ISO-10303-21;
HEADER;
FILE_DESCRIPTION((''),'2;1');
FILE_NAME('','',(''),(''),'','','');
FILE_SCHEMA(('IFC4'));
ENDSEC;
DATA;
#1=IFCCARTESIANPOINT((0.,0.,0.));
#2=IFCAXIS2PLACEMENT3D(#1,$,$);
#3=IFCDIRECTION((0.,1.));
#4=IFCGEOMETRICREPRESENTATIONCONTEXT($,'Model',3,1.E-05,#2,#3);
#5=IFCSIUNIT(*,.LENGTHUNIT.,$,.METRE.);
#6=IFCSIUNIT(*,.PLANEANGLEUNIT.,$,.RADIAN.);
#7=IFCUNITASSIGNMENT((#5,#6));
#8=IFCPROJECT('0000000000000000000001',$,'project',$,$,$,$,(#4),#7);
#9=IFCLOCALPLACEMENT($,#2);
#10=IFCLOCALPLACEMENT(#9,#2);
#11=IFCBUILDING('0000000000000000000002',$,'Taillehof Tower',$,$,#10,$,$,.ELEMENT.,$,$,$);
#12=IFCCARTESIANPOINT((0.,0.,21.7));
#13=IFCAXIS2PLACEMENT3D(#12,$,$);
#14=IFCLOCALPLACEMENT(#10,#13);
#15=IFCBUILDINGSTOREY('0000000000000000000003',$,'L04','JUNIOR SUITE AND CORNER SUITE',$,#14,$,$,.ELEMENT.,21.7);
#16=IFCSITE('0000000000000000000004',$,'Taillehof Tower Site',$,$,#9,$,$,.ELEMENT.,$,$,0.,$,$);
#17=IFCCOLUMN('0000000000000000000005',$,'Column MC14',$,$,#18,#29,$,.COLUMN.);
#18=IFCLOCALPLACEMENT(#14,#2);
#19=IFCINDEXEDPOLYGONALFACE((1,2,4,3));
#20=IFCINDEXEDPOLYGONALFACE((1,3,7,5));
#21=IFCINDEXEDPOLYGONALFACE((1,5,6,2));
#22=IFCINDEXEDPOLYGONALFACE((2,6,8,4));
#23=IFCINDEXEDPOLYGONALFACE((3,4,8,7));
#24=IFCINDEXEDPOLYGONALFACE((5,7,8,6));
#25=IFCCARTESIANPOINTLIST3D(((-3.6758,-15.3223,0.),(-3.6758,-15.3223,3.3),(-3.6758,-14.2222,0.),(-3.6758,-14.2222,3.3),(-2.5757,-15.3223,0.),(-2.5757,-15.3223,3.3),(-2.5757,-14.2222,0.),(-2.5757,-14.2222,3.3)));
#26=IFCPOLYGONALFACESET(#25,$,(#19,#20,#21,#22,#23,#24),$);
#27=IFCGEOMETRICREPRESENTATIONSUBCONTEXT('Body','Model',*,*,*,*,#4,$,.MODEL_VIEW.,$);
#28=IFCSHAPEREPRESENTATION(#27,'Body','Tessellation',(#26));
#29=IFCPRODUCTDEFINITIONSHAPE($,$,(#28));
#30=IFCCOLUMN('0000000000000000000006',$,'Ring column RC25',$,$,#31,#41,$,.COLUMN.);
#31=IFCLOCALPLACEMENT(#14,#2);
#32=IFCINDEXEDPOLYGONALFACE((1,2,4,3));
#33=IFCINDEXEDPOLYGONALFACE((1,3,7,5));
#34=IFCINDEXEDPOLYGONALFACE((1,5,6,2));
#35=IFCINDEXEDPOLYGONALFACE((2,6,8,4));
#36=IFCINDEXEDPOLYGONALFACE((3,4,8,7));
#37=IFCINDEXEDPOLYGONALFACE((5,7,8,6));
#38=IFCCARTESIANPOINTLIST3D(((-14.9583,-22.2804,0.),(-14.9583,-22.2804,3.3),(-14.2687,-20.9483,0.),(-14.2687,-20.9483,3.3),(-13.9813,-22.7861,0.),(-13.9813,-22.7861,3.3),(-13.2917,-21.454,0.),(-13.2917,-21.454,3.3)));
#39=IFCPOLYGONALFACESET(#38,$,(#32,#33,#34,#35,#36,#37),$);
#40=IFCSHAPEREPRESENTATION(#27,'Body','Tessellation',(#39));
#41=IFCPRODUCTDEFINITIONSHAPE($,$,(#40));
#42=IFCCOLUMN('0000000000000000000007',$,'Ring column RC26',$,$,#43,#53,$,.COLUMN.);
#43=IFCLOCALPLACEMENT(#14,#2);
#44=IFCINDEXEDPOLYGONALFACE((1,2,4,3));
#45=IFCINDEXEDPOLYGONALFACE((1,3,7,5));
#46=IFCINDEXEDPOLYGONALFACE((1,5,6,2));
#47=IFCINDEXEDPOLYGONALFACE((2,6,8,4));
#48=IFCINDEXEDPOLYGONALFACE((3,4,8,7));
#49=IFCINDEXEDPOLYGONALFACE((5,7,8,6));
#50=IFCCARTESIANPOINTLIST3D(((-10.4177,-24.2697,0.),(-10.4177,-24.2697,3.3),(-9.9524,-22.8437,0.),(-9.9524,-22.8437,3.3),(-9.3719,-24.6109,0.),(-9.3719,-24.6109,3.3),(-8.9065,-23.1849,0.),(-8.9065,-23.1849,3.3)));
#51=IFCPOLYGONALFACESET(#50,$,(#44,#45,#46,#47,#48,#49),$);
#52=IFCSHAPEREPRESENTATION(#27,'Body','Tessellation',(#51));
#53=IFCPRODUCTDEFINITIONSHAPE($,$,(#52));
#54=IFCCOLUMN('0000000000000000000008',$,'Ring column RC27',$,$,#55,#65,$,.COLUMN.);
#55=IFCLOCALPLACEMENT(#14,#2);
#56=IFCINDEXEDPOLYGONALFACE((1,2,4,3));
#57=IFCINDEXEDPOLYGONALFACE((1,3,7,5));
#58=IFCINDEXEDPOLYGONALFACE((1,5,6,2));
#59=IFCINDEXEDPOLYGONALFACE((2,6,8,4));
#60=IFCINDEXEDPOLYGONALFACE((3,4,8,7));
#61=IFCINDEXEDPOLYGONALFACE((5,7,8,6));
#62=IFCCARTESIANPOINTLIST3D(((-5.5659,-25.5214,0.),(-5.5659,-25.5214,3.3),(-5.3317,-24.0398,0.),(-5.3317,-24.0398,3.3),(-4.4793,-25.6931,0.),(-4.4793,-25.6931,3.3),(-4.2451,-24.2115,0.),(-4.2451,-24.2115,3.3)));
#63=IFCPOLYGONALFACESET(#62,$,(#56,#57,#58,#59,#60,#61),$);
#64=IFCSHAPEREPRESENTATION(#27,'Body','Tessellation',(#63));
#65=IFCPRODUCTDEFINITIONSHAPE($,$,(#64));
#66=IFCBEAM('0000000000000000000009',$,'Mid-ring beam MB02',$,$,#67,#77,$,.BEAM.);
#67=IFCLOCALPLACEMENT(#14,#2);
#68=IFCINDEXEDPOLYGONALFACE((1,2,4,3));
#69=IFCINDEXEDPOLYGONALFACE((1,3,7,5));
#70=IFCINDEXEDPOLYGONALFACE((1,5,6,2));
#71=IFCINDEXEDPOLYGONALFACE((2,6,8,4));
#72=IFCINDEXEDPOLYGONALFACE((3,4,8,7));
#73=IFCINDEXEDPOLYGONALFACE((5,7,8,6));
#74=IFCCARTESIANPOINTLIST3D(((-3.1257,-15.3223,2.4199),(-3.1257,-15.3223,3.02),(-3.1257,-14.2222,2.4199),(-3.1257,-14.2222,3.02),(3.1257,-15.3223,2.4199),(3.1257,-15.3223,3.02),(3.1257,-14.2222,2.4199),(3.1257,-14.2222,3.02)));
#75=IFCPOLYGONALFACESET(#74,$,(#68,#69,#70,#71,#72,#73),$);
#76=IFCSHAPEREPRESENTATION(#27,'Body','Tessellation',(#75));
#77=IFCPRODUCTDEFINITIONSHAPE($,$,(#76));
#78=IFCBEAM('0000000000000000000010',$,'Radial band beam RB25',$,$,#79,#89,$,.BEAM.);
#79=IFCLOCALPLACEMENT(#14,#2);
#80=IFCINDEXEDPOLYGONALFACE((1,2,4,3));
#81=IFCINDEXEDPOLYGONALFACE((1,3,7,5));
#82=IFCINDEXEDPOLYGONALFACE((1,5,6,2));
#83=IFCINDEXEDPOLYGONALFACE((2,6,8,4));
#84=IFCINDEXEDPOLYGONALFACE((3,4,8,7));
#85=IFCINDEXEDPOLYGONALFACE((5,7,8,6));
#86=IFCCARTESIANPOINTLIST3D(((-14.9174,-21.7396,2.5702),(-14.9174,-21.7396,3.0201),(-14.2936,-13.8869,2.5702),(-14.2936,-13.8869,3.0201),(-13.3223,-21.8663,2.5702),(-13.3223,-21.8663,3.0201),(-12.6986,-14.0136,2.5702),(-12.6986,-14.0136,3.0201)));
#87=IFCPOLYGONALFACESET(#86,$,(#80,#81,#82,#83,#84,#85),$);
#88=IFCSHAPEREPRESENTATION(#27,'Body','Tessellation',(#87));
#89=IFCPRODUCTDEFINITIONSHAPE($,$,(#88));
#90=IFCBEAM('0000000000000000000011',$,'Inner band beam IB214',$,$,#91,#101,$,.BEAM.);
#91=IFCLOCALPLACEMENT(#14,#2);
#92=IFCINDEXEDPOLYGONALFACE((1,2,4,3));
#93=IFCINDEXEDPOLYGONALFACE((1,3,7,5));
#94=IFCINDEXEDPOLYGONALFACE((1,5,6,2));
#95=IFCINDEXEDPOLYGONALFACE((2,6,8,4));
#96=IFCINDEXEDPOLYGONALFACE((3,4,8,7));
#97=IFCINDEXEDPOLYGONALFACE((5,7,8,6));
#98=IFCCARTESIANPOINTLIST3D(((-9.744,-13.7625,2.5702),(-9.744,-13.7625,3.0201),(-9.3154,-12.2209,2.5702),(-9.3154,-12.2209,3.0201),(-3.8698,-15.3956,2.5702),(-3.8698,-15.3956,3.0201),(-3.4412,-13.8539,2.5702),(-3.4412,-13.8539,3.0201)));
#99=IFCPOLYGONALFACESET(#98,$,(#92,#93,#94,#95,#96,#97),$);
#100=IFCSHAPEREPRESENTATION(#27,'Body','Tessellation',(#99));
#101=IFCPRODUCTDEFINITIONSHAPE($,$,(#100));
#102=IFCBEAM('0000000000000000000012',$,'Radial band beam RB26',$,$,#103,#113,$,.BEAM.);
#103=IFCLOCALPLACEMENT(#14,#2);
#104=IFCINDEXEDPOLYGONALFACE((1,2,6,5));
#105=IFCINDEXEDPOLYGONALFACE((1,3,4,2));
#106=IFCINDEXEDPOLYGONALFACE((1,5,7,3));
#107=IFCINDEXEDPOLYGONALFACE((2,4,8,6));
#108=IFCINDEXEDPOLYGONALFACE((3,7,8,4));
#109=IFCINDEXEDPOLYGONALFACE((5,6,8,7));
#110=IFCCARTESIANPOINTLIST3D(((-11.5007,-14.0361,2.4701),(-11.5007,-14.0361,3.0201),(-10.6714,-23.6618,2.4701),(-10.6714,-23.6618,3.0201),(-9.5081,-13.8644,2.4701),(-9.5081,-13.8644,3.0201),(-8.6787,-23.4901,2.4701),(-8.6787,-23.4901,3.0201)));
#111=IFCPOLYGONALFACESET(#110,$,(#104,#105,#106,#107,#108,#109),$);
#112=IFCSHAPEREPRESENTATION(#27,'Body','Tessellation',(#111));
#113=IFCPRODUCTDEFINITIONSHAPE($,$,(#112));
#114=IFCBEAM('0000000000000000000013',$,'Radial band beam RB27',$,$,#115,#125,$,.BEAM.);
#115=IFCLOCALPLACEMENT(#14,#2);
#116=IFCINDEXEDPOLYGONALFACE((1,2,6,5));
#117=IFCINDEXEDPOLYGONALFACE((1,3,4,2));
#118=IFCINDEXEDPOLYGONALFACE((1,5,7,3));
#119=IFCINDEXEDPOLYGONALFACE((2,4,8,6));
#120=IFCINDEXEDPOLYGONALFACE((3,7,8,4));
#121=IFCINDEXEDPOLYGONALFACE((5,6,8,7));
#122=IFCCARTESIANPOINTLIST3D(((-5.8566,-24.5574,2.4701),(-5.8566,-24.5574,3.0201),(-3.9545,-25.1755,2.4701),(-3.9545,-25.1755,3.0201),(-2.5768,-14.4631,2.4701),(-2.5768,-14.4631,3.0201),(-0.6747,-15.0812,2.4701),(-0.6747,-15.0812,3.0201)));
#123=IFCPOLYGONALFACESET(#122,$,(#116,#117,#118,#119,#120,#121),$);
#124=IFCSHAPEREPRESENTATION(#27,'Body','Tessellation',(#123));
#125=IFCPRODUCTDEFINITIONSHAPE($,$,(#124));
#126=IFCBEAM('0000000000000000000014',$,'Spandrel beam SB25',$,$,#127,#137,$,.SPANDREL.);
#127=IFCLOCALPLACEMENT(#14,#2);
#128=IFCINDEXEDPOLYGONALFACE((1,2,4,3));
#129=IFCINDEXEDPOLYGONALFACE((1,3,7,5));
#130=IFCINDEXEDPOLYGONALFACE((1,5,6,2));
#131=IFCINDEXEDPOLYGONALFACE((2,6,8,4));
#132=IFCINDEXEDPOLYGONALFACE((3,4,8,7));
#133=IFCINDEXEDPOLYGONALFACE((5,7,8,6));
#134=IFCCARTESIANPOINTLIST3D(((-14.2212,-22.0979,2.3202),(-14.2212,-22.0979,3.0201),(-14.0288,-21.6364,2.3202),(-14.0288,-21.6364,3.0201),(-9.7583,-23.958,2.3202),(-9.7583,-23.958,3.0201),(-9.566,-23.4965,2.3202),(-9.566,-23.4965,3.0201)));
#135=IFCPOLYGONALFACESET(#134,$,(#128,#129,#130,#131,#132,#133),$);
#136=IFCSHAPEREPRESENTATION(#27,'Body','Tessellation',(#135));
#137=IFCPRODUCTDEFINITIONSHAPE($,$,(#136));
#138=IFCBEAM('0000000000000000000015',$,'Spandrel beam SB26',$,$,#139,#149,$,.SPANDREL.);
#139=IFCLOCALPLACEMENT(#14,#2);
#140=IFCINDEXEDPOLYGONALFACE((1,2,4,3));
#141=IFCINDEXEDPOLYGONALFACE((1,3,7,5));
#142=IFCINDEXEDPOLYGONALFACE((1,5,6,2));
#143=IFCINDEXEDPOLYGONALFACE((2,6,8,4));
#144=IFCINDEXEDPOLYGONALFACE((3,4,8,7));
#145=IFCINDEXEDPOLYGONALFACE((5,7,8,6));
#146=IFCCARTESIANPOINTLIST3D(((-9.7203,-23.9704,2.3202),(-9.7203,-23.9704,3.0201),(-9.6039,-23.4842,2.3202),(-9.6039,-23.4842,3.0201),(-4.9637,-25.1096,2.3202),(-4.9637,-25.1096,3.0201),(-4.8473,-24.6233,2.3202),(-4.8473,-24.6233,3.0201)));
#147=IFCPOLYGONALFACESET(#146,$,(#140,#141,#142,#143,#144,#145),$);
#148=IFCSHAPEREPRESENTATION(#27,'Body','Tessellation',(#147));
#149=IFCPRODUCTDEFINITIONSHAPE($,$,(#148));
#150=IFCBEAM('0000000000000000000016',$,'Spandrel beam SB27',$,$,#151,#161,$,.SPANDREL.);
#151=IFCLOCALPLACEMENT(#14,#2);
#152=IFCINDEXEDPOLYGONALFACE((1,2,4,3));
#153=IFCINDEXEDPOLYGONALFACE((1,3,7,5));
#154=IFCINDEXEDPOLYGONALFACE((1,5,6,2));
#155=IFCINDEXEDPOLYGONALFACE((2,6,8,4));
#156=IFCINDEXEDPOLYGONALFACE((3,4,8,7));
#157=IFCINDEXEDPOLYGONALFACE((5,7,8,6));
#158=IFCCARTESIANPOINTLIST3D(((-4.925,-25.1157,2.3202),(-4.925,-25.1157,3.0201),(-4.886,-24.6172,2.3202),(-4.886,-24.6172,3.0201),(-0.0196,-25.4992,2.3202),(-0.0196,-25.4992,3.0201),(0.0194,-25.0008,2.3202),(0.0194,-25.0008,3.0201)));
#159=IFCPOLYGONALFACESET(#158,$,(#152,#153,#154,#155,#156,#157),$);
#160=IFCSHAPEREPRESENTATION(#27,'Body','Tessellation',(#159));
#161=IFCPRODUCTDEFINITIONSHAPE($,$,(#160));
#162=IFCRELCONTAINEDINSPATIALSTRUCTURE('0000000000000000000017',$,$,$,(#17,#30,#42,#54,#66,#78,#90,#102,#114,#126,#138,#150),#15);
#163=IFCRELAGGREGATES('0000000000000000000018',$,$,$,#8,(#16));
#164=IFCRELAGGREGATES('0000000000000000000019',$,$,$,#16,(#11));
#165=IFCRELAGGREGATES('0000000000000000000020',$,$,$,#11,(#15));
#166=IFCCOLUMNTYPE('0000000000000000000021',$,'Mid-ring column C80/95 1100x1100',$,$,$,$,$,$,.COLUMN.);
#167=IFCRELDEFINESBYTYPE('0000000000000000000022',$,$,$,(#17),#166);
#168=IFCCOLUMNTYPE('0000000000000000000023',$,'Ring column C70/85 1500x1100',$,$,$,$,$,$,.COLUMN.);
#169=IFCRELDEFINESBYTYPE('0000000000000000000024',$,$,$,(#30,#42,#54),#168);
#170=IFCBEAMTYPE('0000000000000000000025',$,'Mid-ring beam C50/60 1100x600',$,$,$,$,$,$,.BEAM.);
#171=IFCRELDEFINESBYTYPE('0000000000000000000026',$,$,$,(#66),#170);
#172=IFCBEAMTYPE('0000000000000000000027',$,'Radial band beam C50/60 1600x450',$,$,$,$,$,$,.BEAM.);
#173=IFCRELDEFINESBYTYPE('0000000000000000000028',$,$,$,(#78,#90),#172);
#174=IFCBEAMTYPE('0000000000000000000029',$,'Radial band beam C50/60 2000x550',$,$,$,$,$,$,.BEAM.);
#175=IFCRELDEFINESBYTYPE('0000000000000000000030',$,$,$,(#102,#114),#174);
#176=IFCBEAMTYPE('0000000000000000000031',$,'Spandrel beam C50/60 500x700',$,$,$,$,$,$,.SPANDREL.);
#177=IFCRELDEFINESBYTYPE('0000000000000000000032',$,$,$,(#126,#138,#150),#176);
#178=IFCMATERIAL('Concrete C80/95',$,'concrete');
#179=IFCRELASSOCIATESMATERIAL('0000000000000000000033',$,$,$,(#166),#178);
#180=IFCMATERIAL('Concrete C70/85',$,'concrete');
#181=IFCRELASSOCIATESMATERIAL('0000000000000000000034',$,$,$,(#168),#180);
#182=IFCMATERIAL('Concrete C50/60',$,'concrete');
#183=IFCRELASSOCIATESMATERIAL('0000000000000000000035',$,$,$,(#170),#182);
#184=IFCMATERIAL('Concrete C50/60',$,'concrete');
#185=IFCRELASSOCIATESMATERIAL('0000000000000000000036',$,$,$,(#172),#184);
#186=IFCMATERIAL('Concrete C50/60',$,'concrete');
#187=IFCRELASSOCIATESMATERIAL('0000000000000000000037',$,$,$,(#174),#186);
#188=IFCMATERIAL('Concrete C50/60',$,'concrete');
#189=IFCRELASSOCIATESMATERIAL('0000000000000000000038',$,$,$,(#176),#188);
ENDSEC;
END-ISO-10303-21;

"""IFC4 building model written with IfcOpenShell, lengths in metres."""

from ifc_helpers import new_model, si_unit, direction, frame, origin, origin_2d, place, context, subcontext, project, spatial, rectangle, extrude, material, material_profile, profile_set, type_object, element, save


model = new_model("IFC4")

# Units and contexts
model_context = context("Model", 3, precision=1e-05, world=origin(), true_north=direction((0.0, 1.0)))
body_context = subcontext(model_context, "Body", "Model", "MODEL_VIEW")
ifc_project = project(units=[si_unit("LENGTHUNIT", "METRE"), si_unit("PLANEANGLEUNIT", "RADIAN")], contexts=[model_context])

# Site, building, storey
site_placement = place(None, origin())
site = spatial("IfcSite", under=ifc_project, at=site_placement, Name="Taillehof Tower Site", CompositionType="ELEMENT", RefElevation=0.0)
building_placement = place(site_placement, origin())
building = spatial("IfcBuilding", under=site, at=building_placement, Name="Taillehof Tower", CompositionType="ELEMENT")
storey_placement = place(building_placement, frame((0.0, 0.0, 21.7)))
storey = spatial("IfcBuildingStorey", under=building, at=storey_placement, Name="L04", Description="JUNIOR SUITE AND CORNER SUITE", CompositionType="ELEMENT", Elevation=21.7)

# Columns
ifc_material_1 = material(Name="Concrete C80/95", Category="concrete")
ifc_material_profile_1 = material_profile(ifc_material_1, rectangle(XDim=1.1001, YDim=1.1001, at=origin_2d()), Name="RC 1100x1100")
ifc_profile_set_1 = profile_set([ifc_material_profile_1], Name="Concrete C80/95")
column_type_1 = type_object("IfcColumnType", Name="Mid-ring column C80/95 1100x1100", PredefinedType="COLUMN", material=ifc_profile_set_1)
column_placement = place(storey_placement, frame((-3.1257, -14.7722, 0.0), z_axis=(0.0, 0.0, 1.0), x_axis=(1.0, 0.0, 0.0)))
element("IfcColumn", 1, at=column_placement, inside=storey, type_object=column_type_1, Name="Column MC14", PredefinedType="COLUMN", context=body_context, shape_type="SweptSolid", body=[
    extrude(rectangle(XDim=1.1001, YDim=1.1001, at=origin_2d()), origin(), (0.0, 0.0, 1.0), 3.3),
])
ifc_material_2 = material(Name="Concrete C70/85", Category="concrete")
ifc_material_profile_2 = material_profile(ifc_material_2, rectangle(XDim=1.5, YDim=1.1001, at=origin_2d()), Name="RC 1500x1100")
ifc_profile_set_2 = profile_set([ifc_material_profile_2], Name="Concrete C70/85")
column_type_2 = type_object("IfcColumnType", Name="Ring column C70/85 1500x1100", PredefinedType="COLUMN", material=ifc_profile_set_2)
for number, where, z_axis, x_axis, name in (
    (2, (-14.125, -21.8672, 0.0), (0.0, 0.0, 1.0), (-0.459691, -0.888079, 0.0), "Ring column RC25"),
    (3, (-9.6621, -23.7273, 0.0), (0.0, 0.0, 1.0), (-0.310219, -0.950665, 0.0), "Ring column RC26"),
    (4, (-4.9055, -24.8665, 0.0), (0.0, 0.0, 1.0), (-0.156147, -0.987734, 0.0), "Ring column RC27"),
):
    element("IfcColumn", number, at=place(storey_placement, frame(where, z_axis=z_axis, x_axis=x_axis)), inside=storey, type_object=column_type_2, Name=name, PredefinedType="COLUMN", context=body_context, shape_type="SweptSolid", body=[
        extrude(rectangle(XDim=1.5, YDim=1.1001, at=origin_2d()), origin(), (0.0, 0.0, 1.0), 3.3),
    ])

# Beams
ifc_material_3 = material(Name="Concrete C50/60", Category="concrete")
ifc_material_profile_3 = material_profile(ifc_material_3, rectangle(XDim=1.1001, YDim=0.6001, at=origin_2d()), Name="RC 1100x600")
ifc_profile_set_3 = profile_set([ifc_material_profile_3], Name="Concrete C50/60")
beam_type_1 = type_object("IfcBeamType", Name="Mid-ring beam C50/60 1100x600", PredefinedType="BEAM", material=ifc_profile_set_3)
beam_1_placement = place(storey_placement, frame((-3.1257, -14.7722, 2.72), z_axis=(1.0, 0.0, 0.0), x_axis=(0.0, 1.0, 0.0)))
element("IfcBeam", 5, at=beam_1_placement, inside=storey, type_object=beam_type_1, Name="Mid-ring beam MB02", PredefinedType="BEAM", context=body_context, shape_type="SweptSolid", body=[
    extrude(rectangle(XDim=1.1001, YDim=0.6001, at=origin_2d()), origin(), (0.0, 0.0, 1.0), 6.2515),
])
ifc_material_4 = material(Name="Concrete C50/60", Category="concrete")
ifc_material_profile_4 = material_profile(ifc_material_4, rectangle(XDim=1.6001, YDim=0.45, at=origin_2d()), Name="RC 1600x450")
ifc_profile_set_4 = profile_set([ifc_material_profile_4], Name="Concrete C50/60")
beam_type_2 = type_object("IfcBeamType", Name="Radial band beam C50/60 1600x450", PredefinedType="BEAM", material=ifc_profile_set_4)
beam_2_placement = place(storey_placement, frame((-14.1199, -21.803, 2.7952), z_axis=(0.079185, 0.99686, 0.0), x_axis=(-0.99686, 0.079185, 0.0)))
element("IfcBeam", 6, at=beam_2_placement, inside=storey, type_object=beam_type_2, Name="Radial band beam RB25", PredefinedType="BEAM", context=body_context, shape_type="SweptSolid", body=[
    extrude(rectangle(XDim=1.6001, YDim=0.45, at=origin_2d()), origin(), (0.0, 0.0, 1.0), 7.8774),
])
beam_3_placement = place(storey_placement, frame((-3.6555, -14.6248, 2.7952), z_axis=(-0.963459, 0.267855, 0.0), x_axis=(-0.267855, -0.963459, 0.0)))
element("IfcBeam", 7, at=beam_3_placement, inside=storey, type_object=beam_type_2, Name="Inner band beam IB214", PredefinedType="BEAM", context=body_context, shape_type="SweptSolid", body=[
    extrude(rectangle(XDim=1.6001, YDim=0.45, at=origin_2d()), origin(), (0.0, 0.0, 1.0), 6.0969),
])
ifc_material_5 = material(Name="Concrete C50/60", Category="concrete")
ifc_material_profile_5 = material_profile(ifc_material_5, rectangle(XDim=2.0, YDim=0.55, at=origin_2d()), Name="RC 2000x550")
ifc_profile_set_5 = profile_set([ifc_material_profile_5], Name="Concrete C50/60")
beam_type_3 = type_object("IfcBeamType", Name="Radial band beam C50/60 2000x550", PredefinedType="BEAM", material=ifc_profile_set_5)
beam_4_placement = place(storey_placement, frame((-9.675, -23.5759, 2.7451), z_axis=(-0.085841, 0.996309, 0.0), x_axis=(-0.996309, -0.085841, 0.0)))
element("IfcBeam", 8, at=beam_4_placement, inside=storey, type_object=beam_type_3, Name="Radial band beam RB26", PredefinedType="BEAM", context=body_context, shape_type="SweptSolid", body=[
    extrude(rectangle(XDim=2.0, YDim=0.55, at=origin_2d()), origin(), (0.0, 0.0, 1.0), 9.6614),
])
beam_5_placement = place(storey_placement, frame((-4.9055, -24.8665, 2.7451), z_axis=(0.309014, 0.951057, 0.0), x_axis=(-0.951057, 0.309014, 0.0)))
element("IfcBeam", 9, at=beam_5_placement, inside=storey, type_object=beam_type_3, Name="Radial band beam RB27", PredefinedType="BEAM", context=body_context, shape_type="SweptSolid", body=[
    extrude(rectangle(XDim=2.0, YDim=0.55, at=origin_2d()), origin(), (0.0, 0.0, 1.0), 10.6138),
])
ifc_material_6 = material(Name="Concrete C50/60", Category="concrete")
ifc_material_profile_6 = material_profile(ifc_material_6, rectangle(XDim=0.5, YDim=0.7, at=origin_2d()), Name="RC 500x700")
ifc_profile_set_6 = profile_set([ifc_material_profile_6], Name="Concrete C50/60")
beam_type_4 = type_object("IfcBeamType", Name="Spandrel beam C50/60 500x700", PredefinedType="SPANDREL", material=ifc_profile_set_6)
beam_6_placement = place(storey_placement, frame((-14.125, -21.8672, 2.6702), z_axis=(0.923035, -0.384716, 0.0), x_axis=(0.384716, 0.923035, 0.0)))
element("IfcBeam", 10, at=beam_6_placement, inside=storey, type_object=beam_type_4, Name="Spandrel beam SB25", PredefinedType="SPANDREL", context=body_context, shape_type="SweptSolid", body=[
    extrude(rectangle(XDim=0.5, YDim=0.7, at=origin_2d()), origin(), (0.0, 0.0, 1.0), 4.835),
])
beam_7_placement = place(storey_placement, frame((-9.6621, -23.7273, 2.6702), z_axis=(0.9725, -0.232905, 0.0), x_axis=(0.232905, 0.9725, 0.0)))
element("IfcBeam", 11, at=beam_7_placement, inside=storey, type_object=beam_type_4, Name="Spandrel beam SB26", PredefinedType="SPANDREL", context=body_context, shape_type="SweptSolid", body=[
    extrude(rectangle(XDim=0.5, YDim=0.7, at=origin_2d()), origin(), (0.0, 0.0, 1.0), 4.8911),
])
beam_8_placement = place(storey_placement, frame((-4.9055, -24.8665, 2.6702), z_axis=(0.996957, -0.077949, 0.0), x_axis=(0.077949, 0.996957, 0.0)))
element("IfcBeam", 12, at=beam_8_placement, inside=storey, type_object=beam_type_4, Name="Spandrel beam SB27", PredefinedType="SPANDREL", context=body_context, shape_type="SweptSolid", body=[
    extrude(rectangle(XDim=0.5, YDim=0.7, at=origin_2d()), origin(), (0.0, 0.0, 1.0), 4.9204),
])

save(model, "model.ifc")
